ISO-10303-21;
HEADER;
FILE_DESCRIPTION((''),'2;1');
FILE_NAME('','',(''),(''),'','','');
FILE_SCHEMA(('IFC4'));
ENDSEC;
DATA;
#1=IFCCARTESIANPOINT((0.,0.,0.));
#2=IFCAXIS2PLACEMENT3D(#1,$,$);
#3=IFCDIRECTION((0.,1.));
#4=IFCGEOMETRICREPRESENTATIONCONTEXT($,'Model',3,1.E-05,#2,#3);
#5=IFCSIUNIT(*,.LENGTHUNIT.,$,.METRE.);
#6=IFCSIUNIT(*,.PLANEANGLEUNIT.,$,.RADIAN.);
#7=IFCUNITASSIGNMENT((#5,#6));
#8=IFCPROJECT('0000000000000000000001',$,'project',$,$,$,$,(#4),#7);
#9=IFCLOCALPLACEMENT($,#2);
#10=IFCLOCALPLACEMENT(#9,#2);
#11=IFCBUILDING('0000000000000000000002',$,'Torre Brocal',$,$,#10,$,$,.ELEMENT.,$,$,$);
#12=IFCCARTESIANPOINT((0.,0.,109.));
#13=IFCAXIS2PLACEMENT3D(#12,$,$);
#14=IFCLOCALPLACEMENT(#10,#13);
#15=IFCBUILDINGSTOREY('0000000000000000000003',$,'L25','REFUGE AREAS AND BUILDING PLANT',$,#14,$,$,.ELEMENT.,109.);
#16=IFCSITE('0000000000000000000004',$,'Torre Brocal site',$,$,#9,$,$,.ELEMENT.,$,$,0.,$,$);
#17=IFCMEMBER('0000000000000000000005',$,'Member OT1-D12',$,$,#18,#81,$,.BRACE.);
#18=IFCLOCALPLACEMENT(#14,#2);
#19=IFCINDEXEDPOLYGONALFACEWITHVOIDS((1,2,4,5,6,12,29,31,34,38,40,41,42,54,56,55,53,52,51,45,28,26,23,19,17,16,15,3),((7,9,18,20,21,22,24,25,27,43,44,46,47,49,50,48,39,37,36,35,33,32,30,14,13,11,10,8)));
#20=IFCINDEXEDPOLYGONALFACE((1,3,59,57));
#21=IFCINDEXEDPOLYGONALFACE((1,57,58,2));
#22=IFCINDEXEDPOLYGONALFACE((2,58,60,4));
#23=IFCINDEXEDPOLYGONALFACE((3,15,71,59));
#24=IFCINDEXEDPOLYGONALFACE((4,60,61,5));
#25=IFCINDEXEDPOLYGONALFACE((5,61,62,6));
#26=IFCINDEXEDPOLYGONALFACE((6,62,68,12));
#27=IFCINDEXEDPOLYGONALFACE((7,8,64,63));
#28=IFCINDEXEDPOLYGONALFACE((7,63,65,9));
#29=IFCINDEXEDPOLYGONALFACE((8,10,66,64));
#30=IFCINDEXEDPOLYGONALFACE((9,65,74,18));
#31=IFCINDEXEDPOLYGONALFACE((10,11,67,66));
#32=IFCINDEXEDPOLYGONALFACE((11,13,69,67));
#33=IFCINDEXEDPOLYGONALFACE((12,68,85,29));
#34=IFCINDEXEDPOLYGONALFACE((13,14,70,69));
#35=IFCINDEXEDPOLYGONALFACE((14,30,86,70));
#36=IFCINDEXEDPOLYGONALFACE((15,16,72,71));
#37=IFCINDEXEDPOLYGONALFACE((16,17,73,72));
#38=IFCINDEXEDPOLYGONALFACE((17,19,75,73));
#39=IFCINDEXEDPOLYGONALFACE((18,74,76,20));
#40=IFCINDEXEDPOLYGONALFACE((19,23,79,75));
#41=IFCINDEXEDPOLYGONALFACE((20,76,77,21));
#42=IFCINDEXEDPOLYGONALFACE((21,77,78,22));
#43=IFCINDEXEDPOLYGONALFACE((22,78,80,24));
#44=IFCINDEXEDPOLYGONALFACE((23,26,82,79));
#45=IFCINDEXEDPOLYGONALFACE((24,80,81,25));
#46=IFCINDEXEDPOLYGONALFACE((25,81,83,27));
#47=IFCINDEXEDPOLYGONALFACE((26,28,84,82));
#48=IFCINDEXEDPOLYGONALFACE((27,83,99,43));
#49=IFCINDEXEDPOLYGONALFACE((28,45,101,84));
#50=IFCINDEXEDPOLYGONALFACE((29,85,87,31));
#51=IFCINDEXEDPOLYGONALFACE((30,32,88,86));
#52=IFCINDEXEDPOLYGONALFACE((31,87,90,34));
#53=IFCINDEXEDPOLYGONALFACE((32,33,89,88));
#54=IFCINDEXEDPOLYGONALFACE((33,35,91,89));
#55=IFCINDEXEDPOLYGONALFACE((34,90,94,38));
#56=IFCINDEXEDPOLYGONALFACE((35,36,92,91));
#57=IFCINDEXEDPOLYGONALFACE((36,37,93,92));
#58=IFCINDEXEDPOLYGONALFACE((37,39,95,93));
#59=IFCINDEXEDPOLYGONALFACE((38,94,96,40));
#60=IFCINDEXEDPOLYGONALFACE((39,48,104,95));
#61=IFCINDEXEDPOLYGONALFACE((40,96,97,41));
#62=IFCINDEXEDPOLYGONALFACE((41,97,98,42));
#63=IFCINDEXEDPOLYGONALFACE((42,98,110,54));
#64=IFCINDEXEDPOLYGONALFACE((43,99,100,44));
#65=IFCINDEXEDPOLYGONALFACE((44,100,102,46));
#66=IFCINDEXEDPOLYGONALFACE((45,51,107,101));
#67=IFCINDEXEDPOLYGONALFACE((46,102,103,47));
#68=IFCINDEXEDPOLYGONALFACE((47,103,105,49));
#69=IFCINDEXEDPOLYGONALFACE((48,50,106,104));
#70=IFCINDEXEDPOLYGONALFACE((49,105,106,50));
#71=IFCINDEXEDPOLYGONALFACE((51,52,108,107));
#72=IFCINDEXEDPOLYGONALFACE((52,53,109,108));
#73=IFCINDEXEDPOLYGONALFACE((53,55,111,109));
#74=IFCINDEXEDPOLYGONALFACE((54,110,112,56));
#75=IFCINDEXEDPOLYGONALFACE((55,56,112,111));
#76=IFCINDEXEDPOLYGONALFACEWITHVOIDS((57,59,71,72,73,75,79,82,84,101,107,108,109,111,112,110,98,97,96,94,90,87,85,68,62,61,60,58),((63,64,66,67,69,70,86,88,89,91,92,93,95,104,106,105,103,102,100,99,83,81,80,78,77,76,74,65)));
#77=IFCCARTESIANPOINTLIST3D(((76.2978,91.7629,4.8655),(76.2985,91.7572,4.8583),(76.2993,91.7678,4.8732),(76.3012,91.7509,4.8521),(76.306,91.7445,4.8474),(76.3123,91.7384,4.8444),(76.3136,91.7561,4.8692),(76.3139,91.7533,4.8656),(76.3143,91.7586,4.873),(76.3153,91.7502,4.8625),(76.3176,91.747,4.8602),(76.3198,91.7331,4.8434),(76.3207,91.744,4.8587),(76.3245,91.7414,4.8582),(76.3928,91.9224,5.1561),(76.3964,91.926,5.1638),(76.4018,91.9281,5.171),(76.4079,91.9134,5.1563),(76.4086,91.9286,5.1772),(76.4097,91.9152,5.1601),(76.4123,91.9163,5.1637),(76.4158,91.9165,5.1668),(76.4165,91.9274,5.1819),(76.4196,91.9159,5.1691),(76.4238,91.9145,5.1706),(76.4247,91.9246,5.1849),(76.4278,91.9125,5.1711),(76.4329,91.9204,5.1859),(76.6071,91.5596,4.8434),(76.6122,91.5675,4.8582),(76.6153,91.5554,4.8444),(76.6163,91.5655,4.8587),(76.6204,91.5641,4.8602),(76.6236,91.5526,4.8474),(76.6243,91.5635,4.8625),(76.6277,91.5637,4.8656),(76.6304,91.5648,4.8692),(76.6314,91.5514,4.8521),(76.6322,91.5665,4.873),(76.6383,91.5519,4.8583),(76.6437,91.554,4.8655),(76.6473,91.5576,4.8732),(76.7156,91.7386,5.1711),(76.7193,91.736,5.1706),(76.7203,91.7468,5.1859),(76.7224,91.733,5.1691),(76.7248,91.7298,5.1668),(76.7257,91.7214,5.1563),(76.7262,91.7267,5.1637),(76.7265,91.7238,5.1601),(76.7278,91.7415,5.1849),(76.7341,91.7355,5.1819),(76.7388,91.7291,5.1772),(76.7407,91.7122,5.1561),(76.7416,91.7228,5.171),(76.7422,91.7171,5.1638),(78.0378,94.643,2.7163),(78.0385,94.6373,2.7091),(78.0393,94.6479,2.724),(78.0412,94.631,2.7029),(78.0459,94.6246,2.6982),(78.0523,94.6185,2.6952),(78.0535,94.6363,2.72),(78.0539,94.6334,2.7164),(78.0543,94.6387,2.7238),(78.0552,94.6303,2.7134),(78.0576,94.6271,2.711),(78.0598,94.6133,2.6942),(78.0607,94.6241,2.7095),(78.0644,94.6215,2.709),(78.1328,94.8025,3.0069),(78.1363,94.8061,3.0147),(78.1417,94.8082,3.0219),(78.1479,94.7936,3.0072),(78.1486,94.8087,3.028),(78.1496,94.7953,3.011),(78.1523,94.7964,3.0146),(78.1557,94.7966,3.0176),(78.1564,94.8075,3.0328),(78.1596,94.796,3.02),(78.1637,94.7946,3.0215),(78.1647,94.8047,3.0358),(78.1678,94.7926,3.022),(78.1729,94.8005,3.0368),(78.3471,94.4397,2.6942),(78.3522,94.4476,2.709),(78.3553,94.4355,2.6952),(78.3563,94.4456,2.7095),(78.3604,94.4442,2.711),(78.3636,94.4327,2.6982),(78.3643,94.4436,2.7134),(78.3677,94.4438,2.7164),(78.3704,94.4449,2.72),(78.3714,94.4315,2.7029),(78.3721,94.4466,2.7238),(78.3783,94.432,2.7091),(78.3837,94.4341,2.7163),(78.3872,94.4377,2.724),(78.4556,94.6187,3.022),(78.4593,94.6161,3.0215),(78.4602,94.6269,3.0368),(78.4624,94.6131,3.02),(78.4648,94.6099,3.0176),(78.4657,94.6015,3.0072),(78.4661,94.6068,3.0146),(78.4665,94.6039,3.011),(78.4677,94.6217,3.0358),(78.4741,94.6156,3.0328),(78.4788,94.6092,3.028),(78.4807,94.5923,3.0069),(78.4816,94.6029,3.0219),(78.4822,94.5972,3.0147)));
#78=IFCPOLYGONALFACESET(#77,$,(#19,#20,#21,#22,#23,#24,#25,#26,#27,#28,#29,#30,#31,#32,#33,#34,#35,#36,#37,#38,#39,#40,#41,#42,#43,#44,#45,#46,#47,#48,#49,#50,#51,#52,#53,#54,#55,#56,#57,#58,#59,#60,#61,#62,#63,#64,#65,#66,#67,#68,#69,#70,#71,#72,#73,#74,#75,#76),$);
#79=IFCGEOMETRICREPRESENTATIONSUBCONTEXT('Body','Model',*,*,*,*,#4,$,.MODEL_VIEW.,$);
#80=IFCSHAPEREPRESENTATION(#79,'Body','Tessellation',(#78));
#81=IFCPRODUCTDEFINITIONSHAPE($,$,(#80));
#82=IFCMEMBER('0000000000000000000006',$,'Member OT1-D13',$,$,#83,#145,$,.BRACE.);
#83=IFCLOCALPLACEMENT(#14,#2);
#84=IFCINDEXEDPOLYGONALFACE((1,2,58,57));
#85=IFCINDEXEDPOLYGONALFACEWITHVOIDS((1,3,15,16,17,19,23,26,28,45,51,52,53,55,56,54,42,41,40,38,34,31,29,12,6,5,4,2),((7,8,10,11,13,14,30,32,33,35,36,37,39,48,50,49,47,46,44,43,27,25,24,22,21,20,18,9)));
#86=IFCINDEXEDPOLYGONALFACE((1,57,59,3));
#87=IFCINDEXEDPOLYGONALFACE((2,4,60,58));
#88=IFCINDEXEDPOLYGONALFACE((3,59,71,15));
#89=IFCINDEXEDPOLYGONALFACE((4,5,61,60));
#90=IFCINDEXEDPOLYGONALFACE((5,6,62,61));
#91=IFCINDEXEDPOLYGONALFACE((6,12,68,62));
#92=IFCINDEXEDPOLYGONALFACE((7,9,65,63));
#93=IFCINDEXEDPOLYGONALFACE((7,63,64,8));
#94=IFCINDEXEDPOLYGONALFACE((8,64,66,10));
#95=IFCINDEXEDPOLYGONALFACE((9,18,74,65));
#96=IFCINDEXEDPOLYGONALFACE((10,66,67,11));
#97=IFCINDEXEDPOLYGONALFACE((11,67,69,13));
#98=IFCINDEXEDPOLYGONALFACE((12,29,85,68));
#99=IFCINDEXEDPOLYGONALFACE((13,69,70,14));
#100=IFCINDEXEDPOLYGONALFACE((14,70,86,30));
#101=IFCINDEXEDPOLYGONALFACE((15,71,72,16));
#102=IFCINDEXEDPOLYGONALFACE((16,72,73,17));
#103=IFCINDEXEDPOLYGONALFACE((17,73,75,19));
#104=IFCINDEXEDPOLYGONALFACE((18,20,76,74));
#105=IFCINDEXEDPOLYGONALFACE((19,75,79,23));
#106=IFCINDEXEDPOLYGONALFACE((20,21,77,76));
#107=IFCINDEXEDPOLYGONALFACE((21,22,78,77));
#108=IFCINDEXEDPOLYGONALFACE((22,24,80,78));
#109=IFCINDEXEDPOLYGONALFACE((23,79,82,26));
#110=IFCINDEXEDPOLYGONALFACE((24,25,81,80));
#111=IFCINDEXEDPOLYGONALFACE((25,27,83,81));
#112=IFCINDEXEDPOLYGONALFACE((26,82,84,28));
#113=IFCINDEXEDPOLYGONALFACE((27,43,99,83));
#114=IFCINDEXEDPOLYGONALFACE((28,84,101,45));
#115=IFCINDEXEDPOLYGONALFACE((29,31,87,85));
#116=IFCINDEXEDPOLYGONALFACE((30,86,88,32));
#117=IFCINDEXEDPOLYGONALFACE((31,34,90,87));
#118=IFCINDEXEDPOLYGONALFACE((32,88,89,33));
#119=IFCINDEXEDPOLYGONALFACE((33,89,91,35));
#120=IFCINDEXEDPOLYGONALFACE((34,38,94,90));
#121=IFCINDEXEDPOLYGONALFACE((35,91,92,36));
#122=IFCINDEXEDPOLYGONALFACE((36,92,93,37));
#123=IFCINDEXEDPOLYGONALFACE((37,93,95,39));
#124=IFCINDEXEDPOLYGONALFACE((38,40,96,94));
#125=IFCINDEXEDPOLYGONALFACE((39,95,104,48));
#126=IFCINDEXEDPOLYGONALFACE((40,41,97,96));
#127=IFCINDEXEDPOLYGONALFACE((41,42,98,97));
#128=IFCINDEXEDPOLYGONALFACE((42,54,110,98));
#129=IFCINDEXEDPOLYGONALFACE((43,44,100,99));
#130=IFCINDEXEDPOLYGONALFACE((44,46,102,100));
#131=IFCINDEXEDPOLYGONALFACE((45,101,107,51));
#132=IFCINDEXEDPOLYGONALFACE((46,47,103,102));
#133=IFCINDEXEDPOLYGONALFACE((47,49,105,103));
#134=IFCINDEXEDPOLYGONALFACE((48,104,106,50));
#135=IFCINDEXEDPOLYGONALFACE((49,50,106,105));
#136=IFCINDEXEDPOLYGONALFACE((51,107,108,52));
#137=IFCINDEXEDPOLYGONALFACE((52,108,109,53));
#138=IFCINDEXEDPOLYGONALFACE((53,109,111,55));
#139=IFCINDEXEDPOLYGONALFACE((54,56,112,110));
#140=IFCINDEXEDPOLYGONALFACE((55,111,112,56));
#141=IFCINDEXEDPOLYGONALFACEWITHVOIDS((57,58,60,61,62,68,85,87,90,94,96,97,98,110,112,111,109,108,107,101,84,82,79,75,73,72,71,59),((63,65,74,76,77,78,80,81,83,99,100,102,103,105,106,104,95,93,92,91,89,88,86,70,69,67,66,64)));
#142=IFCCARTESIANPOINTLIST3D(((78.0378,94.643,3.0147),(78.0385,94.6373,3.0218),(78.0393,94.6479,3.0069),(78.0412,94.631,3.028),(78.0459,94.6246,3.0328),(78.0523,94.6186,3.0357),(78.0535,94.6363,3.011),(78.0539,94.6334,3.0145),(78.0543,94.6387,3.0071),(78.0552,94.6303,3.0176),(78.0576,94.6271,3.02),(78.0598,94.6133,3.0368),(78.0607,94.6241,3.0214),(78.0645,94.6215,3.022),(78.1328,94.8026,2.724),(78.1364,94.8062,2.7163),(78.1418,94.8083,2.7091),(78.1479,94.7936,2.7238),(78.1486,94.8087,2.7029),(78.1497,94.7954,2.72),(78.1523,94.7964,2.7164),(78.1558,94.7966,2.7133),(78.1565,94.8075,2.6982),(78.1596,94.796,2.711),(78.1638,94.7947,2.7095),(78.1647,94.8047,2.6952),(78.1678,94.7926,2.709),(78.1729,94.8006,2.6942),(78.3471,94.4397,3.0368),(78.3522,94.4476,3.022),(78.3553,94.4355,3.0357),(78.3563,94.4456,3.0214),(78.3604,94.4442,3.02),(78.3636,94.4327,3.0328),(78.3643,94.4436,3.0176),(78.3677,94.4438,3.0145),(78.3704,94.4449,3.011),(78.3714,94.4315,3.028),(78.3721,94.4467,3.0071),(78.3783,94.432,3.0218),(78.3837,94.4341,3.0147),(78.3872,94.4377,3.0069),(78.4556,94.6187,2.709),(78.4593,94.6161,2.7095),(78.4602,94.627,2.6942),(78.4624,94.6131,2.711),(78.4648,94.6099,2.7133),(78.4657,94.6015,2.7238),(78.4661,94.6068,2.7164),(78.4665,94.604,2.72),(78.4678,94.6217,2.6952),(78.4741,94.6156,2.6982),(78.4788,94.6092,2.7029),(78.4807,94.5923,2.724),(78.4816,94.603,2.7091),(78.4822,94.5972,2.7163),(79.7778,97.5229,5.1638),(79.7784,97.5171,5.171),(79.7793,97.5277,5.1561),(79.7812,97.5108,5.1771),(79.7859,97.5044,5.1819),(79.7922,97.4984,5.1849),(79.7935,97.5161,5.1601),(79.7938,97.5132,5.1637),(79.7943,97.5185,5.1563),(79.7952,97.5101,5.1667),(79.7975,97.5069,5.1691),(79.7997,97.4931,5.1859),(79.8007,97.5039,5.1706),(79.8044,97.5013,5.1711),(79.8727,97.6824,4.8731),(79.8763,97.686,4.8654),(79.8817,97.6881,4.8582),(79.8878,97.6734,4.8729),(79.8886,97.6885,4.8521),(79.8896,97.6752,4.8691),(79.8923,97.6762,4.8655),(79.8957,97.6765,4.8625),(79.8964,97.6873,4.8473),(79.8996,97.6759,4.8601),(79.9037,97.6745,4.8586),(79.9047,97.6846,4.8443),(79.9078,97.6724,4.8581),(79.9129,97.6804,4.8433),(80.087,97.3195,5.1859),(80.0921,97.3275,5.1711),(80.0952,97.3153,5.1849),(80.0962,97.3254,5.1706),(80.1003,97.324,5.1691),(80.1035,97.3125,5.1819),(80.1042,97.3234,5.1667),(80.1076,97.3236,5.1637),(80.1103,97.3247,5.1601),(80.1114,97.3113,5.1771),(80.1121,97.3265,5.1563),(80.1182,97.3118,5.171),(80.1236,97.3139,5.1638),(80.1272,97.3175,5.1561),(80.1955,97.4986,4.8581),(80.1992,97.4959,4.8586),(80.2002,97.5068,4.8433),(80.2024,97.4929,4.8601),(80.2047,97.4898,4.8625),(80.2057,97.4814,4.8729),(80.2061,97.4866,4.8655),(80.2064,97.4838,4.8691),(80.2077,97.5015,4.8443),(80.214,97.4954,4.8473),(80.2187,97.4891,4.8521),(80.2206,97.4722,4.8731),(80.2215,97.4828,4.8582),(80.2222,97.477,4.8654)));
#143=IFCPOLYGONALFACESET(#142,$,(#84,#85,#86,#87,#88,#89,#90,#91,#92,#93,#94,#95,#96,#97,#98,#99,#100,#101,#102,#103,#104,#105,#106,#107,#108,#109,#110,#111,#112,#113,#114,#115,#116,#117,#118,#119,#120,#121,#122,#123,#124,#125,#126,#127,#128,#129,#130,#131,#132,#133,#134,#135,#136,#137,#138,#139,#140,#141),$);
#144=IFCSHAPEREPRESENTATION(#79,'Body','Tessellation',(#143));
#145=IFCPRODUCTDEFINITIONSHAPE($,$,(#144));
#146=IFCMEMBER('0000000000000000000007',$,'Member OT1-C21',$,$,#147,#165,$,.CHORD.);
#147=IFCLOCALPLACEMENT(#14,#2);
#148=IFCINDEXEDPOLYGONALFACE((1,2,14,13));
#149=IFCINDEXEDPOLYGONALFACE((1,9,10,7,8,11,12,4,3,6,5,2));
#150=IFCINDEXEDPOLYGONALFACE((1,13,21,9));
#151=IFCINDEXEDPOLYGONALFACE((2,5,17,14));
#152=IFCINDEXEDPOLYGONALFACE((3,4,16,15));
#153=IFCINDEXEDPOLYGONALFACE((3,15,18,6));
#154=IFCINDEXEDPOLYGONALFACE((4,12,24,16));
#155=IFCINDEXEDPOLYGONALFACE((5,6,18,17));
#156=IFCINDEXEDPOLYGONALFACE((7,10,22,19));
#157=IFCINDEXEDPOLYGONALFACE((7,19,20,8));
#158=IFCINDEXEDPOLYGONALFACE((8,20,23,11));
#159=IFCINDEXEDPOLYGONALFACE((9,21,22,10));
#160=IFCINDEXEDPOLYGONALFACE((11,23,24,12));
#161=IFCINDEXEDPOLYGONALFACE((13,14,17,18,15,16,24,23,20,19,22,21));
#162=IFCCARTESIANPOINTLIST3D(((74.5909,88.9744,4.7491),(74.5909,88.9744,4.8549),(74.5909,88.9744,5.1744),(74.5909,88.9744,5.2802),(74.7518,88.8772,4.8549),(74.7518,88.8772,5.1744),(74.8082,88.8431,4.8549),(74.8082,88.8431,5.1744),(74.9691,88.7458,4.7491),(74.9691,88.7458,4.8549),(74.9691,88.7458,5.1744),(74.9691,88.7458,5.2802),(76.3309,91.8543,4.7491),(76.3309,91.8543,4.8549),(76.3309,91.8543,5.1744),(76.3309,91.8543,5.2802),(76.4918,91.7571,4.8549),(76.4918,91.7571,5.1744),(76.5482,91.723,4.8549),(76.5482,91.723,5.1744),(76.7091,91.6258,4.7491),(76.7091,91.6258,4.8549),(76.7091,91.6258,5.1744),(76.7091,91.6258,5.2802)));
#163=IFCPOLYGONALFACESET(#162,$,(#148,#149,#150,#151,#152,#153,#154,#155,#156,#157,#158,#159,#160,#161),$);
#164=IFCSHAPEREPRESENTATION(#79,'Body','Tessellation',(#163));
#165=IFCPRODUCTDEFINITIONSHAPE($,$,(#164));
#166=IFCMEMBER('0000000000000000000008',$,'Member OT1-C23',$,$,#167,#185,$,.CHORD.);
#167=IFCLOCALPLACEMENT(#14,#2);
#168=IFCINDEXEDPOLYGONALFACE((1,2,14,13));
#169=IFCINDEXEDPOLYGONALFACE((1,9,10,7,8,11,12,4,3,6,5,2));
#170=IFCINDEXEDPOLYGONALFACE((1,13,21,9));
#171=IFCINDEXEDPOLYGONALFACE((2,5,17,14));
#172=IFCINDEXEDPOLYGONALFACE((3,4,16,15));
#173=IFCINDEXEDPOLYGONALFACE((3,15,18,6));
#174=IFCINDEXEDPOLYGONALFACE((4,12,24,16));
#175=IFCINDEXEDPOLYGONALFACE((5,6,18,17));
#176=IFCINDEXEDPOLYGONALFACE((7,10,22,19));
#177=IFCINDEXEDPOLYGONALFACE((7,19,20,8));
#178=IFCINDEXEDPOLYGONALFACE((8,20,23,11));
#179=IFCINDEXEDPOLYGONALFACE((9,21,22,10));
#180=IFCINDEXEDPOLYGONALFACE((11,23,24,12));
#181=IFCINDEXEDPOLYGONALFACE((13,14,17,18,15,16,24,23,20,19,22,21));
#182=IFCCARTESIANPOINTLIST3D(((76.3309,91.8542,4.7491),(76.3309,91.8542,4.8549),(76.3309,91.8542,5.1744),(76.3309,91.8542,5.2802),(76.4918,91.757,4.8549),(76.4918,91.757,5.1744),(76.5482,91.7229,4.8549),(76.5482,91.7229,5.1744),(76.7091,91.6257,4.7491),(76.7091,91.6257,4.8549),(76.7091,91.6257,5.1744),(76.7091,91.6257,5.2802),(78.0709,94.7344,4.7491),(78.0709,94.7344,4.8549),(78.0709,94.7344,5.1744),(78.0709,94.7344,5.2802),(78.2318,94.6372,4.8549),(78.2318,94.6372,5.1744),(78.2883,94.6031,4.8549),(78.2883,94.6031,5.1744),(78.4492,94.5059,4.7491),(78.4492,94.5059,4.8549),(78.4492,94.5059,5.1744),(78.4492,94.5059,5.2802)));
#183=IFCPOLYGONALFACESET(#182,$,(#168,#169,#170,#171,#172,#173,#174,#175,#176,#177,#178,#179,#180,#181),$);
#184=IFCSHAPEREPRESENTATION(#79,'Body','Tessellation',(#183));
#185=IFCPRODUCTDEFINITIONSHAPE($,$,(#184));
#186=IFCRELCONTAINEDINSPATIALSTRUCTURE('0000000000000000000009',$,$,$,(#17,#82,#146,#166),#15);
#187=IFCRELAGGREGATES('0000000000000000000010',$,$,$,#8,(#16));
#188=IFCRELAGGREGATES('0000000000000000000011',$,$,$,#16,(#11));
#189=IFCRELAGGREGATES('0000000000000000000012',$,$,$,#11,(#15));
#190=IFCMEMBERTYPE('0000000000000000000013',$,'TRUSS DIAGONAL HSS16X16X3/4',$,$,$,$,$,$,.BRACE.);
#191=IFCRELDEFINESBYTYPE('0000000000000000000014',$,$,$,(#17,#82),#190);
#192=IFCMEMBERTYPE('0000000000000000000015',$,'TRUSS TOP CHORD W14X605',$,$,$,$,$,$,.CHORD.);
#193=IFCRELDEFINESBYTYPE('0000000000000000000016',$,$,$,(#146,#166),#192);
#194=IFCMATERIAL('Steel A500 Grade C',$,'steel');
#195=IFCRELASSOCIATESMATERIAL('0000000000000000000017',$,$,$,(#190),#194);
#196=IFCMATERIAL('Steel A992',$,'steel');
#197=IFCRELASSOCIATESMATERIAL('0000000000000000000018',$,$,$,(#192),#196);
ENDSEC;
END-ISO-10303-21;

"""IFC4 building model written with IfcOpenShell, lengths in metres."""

from ifc_helpers import new_model, si_unit, direction, frame, origin, origin_2d, place, context, subcontext, project, spatial, hollow_rectangle, i_section, extrude, material, material_profile, profile_set, type_object, element, save


model = new_model("IFC4")

# Units and contexts
model_context = context("Model", 3, precision=1e-05, world=origin(), true_north=direction((0.0, 1.0)))
body_context = subcontext(model_context, "Body", "Model", "MODEL_VIEW")
ifc_project = project(units=[si_unit("LENGTHUNIT", "METRE"), si_unit("PLANEANGLEUNIT", "RADIAN")], contexts=[model_context])

# Site, building, storey
site_placement = place(None, origin())
site = spatial("IfcSite", under=ifc_project, at=site_placement, Name="Torre Brocal site", CompositionType="ELEMENT", RefElevation=0.0)
building_placement = place(site_placement, origin())
building = spatial("IfcBuilding", under=site, at=building_placement, Name="Torre Brocal", CompositionType="ELEMENT")
storey_placement = place(building_placement, frame((0.0, 0.0, 109.0)))
storey = spatial("IfcBuildingStorey", under=building, at=storey_placement, Name="L25", Description="REFUGE AREAS AND BUILDING PLANT", CompositionType="ELEMENT", Elevation=109.0)

# Members
ifc_material_1 = material(Name="Steel A500 Grade C", Category="steel")
ifc_material_profile_1 = material_profile(ifc_material_1, hollow_rectangle(XDim=0.4065, YDim=0.4065, WallThickness=0.0176, InnerFilletRadius=0.0176, OuterFilletRadius=0.0354, at=origin_2d()), Name="HSS16X16X3/4")
ifc_profile_set_1 = profile_set([ifc_material_profile_1], Name="Steel A500 Grade C")
member_type_1 = type_object("IfcMemberType", Name="TRUSS DIAGONAL HSS16X16X3/4", PredefinedType="BRACE", material=ifc_profile_set_1)
member_1_placement = place(storey_placement, frame((76.52, 91.74, 5.0146), z_axis=(0.435793, 0.721349, -0.538275), x_axis=(-0.855927, 0.517097, 0.0)))
element("IfcMember", 1, at=member_1_placement, inside=storey, type_object=member_type_1, Name="Member OT1-D12", PredefinedType="BRACE", context=body_context, shape_type="SweptSolid", body=[
    extrude(hollow_rectangle(XDim=0.4065, YDim=0.4065, WallThickness=0.0176, InnerFilletRadius=0.0176, OuterFilletRadius=0.0354, at=origin_2d()), origin(), (0.0, 0.0, 1.0), 3.9927),
])
member_2_placement = place(storey_placement, frame((78.26, 94.6201, 2.8655), z_axis=(0.435812, 0.721319, 0.538299), x_axis=(-0.855908, 0.517129, 0.0)))
element("IfcMember", 2, at=member_2_placement, inside=storey, type_object=member_type_1, Name="Member OT1-D13", PredefinedType="BRACE", context=body_context, shape_type="SweptSolid", body=[
    extrude(hollow_rectangle(XDim=0.4065, YDim=0.4065, WallThickness=0.0176, InnerFilletRadius=0.0176, OuterFilletRadius=0.0354, at=origin_2d()), origin(), (0.0, 0.0, 1.0), 3.9924),
])
ifc_material_2 = material(Name="Steel A992", Category="steel")
ifc_material_profile_2 = material_profile(ifc_material_2, i_section(OverallWidth=0.4419, OverallDepth=0.531, WebThickness=0.0659, FlangeThickness=0.1057, at=origin_2d()), Name="W14X605")
ifc_profile_set_2 = profile_set([ifc_material_profile_2], Name="Steel A992")
member_type_2 = type_object("IfcMemberType", Name="TRUSS TOP CHORD W14X605", PredefinedType="CHORD", material=ifc_profile_set_2)
member_3_placement = place(storey_placement, frame((74.78, 88.8601, 5.0146), z_axis=(0.517129, 0.855908, 0.0), x_axis=(-0.855908, 0.517129, 0.0)))
element("IfcMember", 3, at=member_3_placement, inside=storey, type_object=member_type_2, Name="Member OT1-C21", PredefinedType="CHORD", context=body_context, shape_type="SweptSolid", body=[
    extrude(i_section(OverallWidth=0.4419, OverallDepth=0.531, WebThickness=0.0659, FlangeThickness=0.1057, at=origin_2d()), origin(), (0.0, 0.0, 1.0), 3.3647),
])
member_4_placement = place(storey_placement, frame((76.52, 91.74, 5.0146), z_axis=(0.517097, 0.855927, 0.0), x_axis=(-0.855927, 0.517097, 0.0)))
element("IfcMember", 4, at=member_4_placement, inside=storey, type_object=member_type_2, Name="Member OT1-C23", PredefinedType="CHORD", context=body_context, shape_type="SweptSolid", body=[
    extrude(i_section(OverallWidth=0.4419, OverallDepth=0.531, WebThickness=0.0659, FlangeThickness=0.1057, at=origin_2d()), origin(), (0.0, 0.0, 1.0), 3.365),
])

save(model, "model.ifc")
